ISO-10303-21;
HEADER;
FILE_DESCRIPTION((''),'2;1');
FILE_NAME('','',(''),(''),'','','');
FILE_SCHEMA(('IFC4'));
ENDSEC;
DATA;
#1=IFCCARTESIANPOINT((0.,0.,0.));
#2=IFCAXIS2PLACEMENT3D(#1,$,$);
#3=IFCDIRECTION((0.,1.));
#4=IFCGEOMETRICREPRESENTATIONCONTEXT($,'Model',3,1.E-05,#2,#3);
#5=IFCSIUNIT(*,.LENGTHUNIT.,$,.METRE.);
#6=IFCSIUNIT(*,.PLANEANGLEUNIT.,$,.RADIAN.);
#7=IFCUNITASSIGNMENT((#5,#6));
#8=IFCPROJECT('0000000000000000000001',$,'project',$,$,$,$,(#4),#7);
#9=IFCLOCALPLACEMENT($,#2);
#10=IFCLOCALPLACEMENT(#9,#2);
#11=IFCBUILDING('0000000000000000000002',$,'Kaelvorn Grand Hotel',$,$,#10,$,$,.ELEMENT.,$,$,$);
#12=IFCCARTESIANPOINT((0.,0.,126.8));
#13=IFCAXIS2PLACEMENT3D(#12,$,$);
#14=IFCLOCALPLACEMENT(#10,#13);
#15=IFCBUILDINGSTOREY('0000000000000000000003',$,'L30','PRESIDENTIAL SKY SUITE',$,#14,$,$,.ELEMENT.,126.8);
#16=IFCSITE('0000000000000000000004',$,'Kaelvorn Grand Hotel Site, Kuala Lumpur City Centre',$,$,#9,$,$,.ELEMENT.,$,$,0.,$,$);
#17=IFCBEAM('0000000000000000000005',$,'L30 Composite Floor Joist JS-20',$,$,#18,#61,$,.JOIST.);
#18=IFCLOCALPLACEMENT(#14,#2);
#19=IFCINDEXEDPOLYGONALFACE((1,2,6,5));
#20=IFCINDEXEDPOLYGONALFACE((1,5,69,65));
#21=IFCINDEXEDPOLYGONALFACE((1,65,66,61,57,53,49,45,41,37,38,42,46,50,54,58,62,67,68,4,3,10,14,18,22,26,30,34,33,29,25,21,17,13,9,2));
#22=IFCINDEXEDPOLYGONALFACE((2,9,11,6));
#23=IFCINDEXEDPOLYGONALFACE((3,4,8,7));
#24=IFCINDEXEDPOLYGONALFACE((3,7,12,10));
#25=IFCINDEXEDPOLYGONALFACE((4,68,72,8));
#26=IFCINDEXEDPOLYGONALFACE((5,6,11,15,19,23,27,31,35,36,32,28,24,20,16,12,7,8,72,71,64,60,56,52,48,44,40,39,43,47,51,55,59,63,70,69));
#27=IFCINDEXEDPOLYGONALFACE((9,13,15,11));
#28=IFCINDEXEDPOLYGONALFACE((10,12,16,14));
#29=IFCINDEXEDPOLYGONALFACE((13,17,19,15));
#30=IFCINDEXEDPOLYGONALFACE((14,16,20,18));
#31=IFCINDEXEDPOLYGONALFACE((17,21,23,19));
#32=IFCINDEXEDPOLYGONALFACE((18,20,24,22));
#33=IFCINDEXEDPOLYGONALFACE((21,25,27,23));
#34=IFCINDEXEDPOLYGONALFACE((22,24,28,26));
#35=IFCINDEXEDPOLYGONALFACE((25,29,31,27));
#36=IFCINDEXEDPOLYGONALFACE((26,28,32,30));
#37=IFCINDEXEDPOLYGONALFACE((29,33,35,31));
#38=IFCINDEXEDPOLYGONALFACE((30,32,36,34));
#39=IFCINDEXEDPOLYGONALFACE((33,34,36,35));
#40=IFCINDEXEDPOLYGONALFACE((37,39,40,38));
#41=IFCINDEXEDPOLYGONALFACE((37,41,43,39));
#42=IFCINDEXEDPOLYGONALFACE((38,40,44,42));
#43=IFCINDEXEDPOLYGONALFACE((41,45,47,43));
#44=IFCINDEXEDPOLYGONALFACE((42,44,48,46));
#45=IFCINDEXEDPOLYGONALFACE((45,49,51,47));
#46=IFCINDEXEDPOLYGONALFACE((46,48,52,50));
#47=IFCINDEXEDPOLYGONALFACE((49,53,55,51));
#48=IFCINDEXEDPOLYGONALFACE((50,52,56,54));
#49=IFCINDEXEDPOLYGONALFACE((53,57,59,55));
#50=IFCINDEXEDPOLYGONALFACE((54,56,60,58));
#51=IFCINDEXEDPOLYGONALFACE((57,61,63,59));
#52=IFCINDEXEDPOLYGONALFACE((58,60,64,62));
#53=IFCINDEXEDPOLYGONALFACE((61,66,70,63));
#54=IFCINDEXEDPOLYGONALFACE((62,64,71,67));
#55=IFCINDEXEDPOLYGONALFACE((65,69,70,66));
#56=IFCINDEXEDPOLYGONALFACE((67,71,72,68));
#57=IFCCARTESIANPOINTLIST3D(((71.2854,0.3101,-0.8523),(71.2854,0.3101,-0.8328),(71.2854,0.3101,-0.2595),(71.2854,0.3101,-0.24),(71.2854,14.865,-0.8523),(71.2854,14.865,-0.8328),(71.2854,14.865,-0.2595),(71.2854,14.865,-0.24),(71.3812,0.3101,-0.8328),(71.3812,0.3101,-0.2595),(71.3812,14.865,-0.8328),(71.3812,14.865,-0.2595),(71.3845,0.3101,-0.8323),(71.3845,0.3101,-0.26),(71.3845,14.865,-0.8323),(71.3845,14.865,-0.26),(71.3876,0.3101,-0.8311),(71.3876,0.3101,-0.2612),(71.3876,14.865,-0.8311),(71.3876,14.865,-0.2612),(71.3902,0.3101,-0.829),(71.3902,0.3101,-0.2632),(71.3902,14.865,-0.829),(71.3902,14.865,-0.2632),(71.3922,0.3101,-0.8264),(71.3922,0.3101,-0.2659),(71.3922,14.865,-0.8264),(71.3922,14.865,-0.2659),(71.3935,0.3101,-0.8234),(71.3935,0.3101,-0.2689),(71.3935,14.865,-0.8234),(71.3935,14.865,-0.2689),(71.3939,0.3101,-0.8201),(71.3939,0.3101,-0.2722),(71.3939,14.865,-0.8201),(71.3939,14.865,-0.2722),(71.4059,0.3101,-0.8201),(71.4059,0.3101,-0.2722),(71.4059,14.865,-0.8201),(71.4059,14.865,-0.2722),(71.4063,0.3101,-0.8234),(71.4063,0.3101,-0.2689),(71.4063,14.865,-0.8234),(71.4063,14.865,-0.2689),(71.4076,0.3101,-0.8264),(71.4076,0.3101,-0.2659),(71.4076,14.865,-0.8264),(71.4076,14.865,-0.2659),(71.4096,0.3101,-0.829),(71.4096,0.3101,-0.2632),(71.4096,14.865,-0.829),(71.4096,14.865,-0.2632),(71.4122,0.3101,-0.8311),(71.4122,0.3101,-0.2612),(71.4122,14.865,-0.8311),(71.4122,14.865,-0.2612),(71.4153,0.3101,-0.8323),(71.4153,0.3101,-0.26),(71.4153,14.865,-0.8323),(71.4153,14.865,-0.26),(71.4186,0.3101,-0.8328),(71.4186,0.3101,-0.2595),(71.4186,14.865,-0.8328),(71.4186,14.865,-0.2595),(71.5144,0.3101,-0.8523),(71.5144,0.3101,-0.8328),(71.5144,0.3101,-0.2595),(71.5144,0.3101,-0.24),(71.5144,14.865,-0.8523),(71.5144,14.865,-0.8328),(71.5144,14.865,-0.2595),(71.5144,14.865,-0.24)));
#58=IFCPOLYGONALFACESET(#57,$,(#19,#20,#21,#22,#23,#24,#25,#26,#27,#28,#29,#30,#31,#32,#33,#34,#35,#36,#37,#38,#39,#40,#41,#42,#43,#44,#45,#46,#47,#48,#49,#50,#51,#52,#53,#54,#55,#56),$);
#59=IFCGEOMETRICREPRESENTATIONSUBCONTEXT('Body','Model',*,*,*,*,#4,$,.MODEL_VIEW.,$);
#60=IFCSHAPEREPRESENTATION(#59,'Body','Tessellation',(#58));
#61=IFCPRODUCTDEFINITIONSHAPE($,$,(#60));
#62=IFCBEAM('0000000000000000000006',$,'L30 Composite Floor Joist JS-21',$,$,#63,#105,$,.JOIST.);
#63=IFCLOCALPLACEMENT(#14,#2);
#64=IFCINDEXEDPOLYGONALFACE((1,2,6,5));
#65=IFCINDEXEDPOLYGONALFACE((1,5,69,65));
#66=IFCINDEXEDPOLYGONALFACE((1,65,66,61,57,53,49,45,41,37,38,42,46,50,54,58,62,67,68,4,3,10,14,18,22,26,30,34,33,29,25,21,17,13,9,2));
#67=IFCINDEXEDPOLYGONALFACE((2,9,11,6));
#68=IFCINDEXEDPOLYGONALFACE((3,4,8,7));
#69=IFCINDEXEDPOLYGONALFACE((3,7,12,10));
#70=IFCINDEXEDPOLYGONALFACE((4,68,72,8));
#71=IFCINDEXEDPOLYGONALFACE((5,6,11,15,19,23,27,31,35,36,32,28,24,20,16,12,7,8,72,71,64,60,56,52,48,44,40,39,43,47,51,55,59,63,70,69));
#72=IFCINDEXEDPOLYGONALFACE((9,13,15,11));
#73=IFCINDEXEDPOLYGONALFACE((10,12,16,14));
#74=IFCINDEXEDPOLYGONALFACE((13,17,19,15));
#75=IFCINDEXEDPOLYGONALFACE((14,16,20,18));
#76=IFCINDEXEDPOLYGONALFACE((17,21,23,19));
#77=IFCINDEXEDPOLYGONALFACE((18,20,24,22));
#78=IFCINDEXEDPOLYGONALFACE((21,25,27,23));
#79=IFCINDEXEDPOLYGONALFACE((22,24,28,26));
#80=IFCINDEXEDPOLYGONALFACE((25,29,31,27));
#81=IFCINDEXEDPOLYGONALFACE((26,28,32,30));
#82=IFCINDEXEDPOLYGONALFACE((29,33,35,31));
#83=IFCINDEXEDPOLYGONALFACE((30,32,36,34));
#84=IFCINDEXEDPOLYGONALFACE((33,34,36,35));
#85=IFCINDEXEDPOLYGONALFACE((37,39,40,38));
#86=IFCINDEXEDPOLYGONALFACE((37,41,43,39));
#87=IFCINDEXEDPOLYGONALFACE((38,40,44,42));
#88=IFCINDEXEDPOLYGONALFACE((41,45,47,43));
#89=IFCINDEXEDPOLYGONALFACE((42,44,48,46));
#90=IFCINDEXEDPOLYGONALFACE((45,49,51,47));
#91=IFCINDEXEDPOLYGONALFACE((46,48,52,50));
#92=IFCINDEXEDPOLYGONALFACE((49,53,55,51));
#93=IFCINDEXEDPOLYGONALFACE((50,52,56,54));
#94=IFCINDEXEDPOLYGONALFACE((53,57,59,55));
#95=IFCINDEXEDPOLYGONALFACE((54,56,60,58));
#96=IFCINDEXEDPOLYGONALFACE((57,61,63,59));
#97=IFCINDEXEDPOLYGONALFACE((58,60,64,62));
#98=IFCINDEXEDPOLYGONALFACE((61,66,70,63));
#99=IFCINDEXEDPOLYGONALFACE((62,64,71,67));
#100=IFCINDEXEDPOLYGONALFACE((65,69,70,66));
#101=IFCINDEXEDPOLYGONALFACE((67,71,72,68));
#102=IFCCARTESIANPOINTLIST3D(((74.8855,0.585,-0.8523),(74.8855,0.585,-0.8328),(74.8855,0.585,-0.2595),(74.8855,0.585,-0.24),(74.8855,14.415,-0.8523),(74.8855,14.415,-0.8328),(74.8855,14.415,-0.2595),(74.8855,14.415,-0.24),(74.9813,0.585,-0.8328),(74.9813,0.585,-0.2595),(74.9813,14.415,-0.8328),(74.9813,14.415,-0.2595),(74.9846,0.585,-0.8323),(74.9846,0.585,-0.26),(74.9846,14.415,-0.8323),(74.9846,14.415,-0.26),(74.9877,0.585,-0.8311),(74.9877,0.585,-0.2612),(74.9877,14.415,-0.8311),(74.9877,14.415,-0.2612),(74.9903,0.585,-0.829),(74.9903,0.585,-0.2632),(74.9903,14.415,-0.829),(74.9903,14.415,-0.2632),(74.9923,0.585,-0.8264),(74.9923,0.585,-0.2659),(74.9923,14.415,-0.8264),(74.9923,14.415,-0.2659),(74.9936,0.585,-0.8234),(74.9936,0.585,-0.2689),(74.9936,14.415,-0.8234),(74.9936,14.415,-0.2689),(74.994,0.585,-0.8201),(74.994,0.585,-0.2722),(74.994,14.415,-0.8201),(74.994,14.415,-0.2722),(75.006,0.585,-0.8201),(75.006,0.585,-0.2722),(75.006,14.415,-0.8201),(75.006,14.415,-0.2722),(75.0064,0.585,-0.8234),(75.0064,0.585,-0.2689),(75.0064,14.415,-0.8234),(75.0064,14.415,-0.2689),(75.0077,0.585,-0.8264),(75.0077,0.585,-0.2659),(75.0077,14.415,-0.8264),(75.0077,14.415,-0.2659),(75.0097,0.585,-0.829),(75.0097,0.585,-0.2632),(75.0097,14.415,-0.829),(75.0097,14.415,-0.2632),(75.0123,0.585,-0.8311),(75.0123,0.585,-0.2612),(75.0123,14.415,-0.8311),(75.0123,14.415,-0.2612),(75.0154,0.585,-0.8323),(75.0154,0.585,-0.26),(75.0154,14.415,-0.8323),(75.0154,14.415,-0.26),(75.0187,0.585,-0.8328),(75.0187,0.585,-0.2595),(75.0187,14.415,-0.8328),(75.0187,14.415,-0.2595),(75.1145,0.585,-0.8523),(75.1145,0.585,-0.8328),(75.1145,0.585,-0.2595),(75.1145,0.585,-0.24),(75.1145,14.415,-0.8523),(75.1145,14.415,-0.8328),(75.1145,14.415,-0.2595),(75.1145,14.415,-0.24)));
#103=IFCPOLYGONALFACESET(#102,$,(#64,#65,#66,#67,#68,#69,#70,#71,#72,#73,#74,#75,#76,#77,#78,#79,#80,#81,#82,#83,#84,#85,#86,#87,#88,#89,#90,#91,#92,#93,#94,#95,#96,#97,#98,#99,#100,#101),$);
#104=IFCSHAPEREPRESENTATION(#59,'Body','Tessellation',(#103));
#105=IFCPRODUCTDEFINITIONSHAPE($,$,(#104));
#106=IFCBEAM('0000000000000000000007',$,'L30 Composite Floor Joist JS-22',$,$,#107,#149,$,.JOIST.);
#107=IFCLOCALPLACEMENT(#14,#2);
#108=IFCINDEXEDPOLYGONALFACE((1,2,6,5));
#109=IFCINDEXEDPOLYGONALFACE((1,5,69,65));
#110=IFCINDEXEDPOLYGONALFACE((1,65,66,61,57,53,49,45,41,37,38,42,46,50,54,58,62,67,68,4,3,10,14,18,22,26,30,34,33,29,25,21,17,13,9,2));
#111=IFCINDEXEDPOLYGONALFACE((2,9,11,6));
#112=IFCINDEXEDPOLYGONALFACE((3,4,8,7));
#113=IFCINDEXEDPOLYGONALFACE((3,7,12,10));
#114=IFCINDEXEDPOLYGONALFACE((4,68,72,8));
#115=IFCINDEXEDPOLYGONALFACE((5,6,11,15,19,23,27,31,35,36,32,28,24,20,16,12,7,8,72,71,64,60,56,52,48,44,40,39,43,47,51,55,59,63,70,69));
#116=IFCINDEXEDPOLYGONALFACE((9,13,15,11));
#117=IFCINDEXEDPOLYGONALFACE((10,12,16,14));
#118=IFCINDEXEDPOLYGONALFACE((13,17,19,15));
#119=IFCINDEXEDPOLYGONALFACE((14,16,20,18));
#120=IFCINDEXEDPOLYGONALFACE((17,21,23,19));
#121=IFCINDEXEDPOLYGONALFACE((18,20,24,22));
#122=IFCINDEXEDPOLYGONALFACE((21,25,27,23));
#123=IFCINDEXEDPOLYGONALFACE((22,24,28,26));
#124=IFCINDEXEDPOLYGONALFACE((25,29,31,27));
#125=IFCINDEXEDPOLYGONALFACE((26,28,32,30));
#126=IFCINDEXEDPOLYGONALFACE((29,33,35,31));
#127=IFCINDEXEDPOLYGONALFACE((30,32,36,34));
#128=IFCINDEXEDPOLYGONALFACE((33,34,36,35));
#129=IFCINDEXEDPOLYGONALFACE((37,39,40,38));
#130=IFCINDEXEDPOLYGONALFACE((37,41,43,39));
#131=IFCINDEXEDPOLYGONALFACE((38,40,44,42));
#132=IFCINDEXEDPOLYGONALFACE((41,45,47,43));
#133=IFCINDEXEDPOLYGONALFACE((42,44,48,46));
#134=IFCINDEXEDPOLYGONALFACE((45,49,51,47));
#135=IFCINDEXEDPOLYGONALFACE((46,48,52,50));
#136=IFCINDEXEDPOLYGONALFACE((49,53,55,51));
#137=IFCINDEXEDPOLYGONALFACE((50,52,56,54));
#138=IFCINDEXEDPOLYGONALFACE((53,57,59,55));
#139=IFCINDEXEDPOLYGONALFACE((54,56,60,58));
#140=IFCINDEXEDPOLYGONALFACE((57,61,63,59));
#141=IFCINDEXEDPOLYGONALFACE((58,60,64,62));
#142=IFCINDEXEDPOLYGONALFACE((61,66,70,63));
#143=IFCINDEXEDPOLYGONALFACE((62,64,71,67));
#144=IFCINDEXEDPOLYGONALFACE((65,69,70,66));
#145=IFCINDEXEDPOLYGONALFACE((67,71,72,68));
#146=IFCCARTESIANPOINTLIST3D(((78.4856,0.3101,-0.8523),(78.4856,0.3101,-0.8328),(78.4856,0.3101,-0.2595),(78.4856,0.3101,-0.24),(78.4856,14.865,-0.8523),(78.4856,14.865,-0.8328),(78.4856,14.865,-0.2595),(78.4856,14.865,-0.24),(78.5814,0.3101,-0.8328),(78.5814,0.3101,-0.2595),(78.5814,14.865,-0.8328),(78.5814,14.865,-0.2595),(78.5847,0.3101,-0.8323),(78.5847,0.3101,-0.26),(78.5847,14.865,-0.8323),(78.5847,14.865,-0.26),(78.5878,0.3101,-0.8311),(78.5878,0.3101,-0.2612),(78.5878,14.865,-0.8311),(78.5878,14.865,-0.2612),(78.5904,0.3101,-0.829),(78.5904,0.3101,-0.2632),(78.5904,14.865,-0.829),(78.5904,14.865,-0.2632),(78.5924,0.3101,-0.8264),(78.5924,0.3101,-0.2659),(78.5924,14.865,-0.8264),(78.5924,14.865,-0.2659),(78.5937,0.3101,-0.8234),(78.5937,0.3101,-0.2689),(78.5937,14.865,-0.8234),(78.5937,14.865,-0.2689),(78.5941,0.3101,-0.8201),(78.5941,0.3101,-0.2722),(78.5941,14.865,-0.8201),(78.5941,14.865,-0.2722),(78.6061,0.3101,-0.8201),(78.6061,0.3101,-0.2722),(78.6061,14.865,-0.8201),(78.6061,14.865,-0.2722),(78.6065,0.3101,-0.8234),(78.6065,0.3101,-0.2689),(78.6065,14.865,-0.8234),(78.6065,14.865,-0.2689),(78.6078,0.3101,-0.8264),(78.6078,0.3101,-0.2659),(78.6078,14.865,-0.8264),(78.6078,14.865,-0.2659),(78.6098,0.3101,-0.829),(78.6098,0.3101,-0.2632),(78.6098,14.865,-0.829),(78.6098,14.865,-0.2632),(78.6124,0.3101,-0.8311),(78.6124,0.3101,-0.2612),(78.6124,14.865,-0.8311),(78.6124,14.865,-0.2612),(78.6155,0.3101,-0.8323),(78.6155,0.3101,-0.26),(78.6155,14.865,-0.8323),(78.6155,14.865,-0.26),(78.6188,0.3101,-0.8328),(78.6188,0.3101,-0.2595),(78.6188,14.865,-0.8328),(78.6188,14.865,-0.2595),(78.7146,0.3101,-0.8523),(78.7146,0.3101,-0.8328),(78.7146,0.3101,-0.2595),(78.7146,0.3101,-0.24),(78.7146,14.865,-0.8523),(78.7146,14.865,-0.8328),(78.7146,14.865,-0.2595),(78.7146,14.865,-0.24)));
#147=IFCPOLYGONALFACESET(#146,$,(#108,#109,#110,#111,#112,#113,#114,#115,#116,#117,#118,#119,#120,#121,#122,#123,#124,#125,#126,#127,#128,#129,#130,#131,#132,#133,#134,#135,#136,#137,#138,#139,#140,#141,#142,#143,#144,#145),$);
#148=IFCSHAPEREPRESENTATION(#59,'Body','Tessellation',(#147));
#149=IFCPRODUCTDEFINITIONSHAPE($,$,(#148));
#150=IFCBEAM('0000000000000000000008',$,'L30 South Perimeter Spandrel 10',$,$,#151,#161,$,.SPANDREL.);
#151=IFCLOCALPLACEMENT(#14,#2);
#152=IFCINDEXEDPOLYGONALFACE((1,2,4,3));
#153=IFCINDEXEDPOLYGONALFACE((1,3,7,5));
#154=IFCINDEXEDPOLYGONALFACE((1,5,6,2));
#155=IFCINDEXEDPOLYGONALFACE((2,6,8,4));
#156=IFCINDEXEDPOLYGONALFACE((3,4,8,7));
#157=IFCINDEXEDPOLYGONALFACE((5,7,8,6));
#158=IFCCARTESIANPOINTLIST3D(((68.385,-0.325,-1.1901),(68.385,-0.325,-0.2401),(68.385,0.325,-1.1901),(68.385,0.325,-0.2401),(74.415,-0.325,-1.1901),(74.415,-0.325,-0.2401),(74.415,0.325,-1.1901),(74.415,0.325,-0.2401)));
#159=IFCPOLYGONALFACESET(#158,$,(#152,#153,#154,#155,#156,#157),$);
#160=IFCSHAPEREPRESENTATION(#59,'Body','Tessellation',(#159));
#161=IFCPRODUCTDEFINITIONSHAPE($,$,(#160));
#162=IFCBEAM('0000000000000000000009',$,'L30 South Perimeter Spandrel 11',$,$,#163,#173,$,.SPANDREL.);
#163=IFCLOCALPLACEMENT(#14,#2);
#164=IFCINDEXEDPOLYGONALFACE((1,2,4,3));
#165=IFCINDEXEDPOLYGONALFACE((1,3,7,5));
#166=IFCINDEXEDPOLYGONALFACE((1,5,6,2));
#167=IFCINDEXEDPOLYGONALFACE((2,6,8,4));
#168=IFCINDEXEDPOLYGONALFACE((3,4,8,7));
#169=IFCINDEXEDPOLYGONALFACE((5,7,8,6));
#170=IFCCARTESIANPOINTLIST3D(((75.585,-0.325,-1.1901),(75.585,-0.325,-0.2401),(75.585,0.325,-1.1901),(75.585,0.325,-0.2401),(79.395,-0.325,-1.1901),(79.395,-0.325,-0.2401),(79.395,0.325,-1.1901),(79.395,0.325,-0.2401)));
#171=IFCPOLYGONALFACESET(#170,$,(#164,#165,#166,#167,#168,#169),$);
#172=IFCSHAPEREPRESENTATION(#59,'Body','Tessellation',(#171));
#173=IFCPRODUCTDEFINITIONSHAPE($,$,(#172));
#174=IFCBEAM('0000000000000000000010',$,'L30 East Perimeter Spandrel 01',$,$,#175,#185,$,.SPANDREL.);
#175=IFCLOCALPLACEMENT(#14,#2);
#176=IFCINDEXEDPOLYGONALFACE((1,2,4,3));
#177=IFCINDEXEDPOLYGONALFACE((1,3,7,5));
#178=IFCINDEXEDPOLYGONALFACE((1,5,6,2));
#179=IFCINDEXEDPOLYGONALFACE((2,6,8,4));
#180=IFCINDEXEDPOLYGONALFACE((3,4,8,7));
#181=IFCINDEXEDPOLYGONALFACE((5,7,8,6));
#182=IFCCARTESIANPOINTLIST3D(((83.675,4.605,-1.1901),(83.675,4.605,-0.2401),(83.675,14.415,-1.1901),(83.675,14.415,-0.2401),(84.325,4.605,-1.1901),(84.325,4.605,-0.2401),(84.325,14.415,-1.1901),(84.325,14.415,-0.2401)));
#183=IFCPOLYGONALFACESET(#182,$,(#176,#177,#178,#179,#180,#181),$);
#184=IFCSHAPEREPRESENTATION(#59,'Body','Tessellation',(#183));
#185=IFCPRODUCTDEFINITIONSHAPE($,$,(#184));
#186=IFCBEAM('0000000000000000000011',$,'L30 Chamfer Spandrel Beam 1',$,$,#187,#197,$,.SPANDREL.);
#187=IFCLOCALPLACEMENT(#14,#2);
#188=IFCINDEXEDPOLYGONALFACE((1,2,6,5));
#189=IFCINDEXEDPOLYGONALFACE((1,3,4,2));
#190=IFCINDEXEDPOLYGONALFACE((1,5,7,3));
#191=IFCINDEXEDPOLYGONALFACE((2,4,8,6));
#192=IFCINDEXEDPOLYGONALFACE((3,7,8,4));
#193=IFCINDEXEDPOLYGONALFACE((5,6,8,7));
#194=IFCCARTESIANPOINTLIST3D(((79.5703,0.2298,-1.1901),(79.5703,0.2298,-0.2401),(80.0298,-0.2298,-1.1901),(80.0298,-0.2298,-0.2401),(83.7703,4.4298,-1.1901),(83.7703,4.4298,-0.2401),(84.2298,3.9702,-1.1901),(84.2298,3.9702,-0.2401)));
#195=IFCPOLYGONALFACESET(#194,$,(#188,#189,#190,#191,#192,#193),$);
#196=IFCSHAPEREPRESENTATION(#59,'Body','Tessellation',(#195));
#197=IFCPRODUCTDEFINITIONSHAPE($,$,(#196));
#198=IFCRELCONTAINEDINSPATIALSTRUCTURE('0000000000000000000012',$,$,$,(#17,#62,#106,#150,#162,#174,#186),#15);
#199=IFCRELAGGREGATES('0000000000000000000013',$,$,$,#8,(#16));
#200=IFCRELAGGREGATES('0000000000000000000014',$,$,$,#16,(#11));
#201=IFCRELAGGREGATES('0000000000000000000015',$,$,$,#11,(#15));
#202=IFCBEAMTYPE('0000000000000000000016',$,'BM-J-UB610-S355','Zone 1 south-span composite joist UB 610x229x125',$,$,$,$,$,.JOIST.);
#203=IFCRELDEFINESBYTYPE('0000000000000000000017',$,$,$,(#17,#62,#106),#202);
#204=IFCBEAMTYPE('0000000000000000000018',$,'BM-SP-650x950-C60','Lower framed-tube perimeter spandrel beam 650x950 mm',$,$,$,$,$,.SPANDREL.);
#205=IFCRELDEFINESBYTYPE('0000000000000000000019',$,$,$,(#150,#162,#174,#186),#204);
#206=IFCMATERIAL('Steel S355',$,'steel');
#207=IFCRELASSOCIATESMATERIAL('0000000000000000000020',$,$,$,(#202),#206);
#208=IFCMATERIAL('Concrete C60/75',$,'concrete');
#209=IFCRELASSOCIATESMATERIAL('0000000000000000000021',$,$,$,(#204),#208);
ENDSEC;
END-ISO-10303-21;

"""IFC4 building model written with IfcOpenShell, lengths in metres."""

from ifc_helpers import new_model, si_unit, direction, frame, origin, origin_2d, place, context, subcontext, project, spatial, rectangle, i_section, extrude, material, material_profile, profile_set, type_object, element, save


model = new_model("IFC4")

# Units and contexts
model_context = context("Model", 3, precision=1e-05, world=origin(), true_north=direction((0.0, 1.0)))
body_context = subcontext(model_context, "Body", "Model", "MODEL_VIEW")
ifc_project = project(units=[si_unit("LENGTHUNIT", "METRE"), si_unit("PLANEANGLEUNIT", "RADIAN")], contexts=[model_context])

# Site, building, storey
site_placement = place(None, origin())
site = spatial("IfcSite", under=ifc_project, at=site_placement, Name="Kaelvorn Grand Hotel Site, Kuala Lumpur City Centre", CompositionType="ELEMENT", RefElevation=0.0)
building_placement = place(site_placement, origin())
building = spatial("IfcBuilding", under=site, at=building_placement, Name="Kaelvorn Grand Hotel", CompositionType="ELEMENT")
storey_placement = place(building_placement, frame((0.0, 0.0, 126.8)))
storey = spatial("IfcBuildingStorey", under=building, at=storey_placement, Name="L30", Description="PRESIDENTIAL SKY SUITE", CompositionType="ELEMENT", Elevation=126.8)

# Shared definitions
ifc_material_1 = material(Name="Concrete C60/75", Category="concrete")

# Beams
ifc_material_2 = material(Name="Steel S355", Category="steel")
ifc_material_profile_1 = material_profile(ifc_material_2, i_section(OverallWidth=0.229, OverallDepth=0.6123, WebThickness=0.012, FlangeThickness=0.0195, FilletRadius=0.0127, at=origin_2d()), Name="UB 610x229x125")
ifc_profile_set_1 = profile_set([ifc_material_profile_1], Name="Steel S355")
beam_type_1 = type_object("IfcBeamType", Name="BM-J-UB610-S355", Description="Zone 1 south-span composite joist UB 610x229x125", PredefinedType="JOIST", material=ifc_profile_set_1)
beam_1_placement = place(storey_placement, frame((71.3999, 0.3101, -0.5461), z_axis=(0.0, 1.0, 0.0), x_axis=(-1.0, 0.0, 0.0)))
element("IfcBeam", 1, at=beam_1_placement, inside=storey, type_object=beam_type_1, Name="L30 Composite Floor Joist JS-20", PredefinedType="JOIST", context=body_context, shape_type="SweptSolid", body=[
    extrude(i_section(OverallWidth=0.229, OverallDepth=0.6123, WebThickness=0.012, FlangeThickness=0.0195, FilletRadius=0.0127, at=origin_2d()), origin(), (0.0, 0.0, 1.0), 14.5549),
])
beam_2_placement = place(storey_placement, frame((75.0, 0.585, -0.5461), z_axis=(0.0, 1.0, 0.0), x_axis=(-1.0, 0.0, 0.0)))
element("IfcBeam", 2, at=beam_2_placement, inside=storey, type_object=beam_type_1, Name="L30 Composite Floor Joist JS-21", PredefinedType="JOIST", context=body_context, shape_type="SweptSolid", body=[
    extrude(i_section(OverallWidth=0.229, OverallDepth=0.6123, WebThickness=0.012, FlangeThickness=0.0195, FilletRadius=0.0127, at=origin_2d()), origin(), (0.0, 0.0, 1.0), 13.8301),
])
beam_3_placement = place(storey_placement, frame((78.6001, 0.3101, -0.5461), z_axis=(0.0, 1.0, 0.0), x_axis=(-1.0, 0.0, 0.0)))
element("IfcBeam", 3, at=beam_3_placement, inside=storey, type_object=beam_type_1, Name="L30 Composite Floor Joist JS-22", PredefinedType="JOIST", context=body_context, shape_type="SweptSolid", body=[
    extrude(i_section(OverallWidth=0.229, OverallDepth=0.6123, WebThickness=0.012, FlangeThickness=0.0195, FilletRadius=0.0127, at=origin_2d()), origin(), (0.0, 0.0, 1.0), 14.5549),
])
ifc_material_profile_2 = material_profile(ifc_material_1, rectangle(XDim=0.6499, YDim=0.95, at=origin_2d()), Name="RC SPANDREL 650x950")
ifc_profile_set_2 = profile_set([ifc_material_profile_2], Name="Concrete C60/75")
beam_type_2 = type_object("IfcBeamType", Name="BM-SP-650x950-C60", Description="Lower framed-tube perimeter spandrel beam 650x950 mm", PredefinedType="SPANDREL", material=ifc_profile_set_2)
beam_4_placement = place(storey_placement, frame((68.385, 0.0, -0.7151), z_axis=(1.0, 0.0, 0.0), x_axis=(0.0, 1.0, 0.0)))
element("IfcBeam", 4, at=beam_4_placement, inside=storey, type_object=beam_type_2, Name="L30 South Perimeter Spandrel 10", PredefinedType="SPANDREL", context=body_context, shape_type="SweptSolid", body=[
    extrude(rectangle(XDim=0.6499, YDim=0.95, at=origin_2d()), origin(), (0.0, 0.0, 1.0), 6.03),
])
beam_5_placement = place(storey_placement, frame((75.585, 0.0, -0.7151), z_axis=(1.0, 0.0, 0.0), x_axis=(0.0, 1.0, 0.0)))
element("IfcBeam", 5, at=beam_5_placement, inside=storey, type_object=beam_type_2, Name="L30 South Perimeter Spandrel 11", PredefinedType="SPANDREL", context=body_context, shape_type="SweptSolid", body=[
    extrude(rectangle(XDim=0.6499, YDim=0.95, at=origin_2d()), origin(), (0.0, 0.0, 1.0), 3.8101),
])
beam_6_placement = place(storey_placement, frame((84.0, 4.605, -0.7151), z_axis=(0.0, 1.0, 0.0), x_axis=(-1.0, 0.0, 0.0)))
element("IfcBeam", 6, at=beam_6_placement, inside=storey, type_object=beam_type_2, Name="L30 East Perimeter Spandrel 01", PredefinedType="SPANDREL", context=body_context, shape_type="SweptSolid", body=[
    extrude(rectangle(XDim=0.6499, YDim=0.95, at=origin_2d()), origin(), (0.0, 0.0, 1.0), 9.8101),
])
beam_7_placement = place(storey_placement, frame((79.8, 0.0, -0.7151), z_axis=(0.707107, 0.707107, 0.0), x_axis=(-0.707107, 0.707107, 0.0)))
element("IfcBeam", 7, at=beam_7_placement, inside=storey, type_object=beam_type_2, Name="L30 Chamfer Spandrel Beam 1", PredefinedType="SPANDREL", context=body_context, shape_type="SweptSolid", body=[
    extrude(rectangle(XDim=0.6499, YDim=0.95, at=origin_2d()), origin(), (0.0, 0.0, 1.0), 5.9397),
])

save(model, "model.ifc")
